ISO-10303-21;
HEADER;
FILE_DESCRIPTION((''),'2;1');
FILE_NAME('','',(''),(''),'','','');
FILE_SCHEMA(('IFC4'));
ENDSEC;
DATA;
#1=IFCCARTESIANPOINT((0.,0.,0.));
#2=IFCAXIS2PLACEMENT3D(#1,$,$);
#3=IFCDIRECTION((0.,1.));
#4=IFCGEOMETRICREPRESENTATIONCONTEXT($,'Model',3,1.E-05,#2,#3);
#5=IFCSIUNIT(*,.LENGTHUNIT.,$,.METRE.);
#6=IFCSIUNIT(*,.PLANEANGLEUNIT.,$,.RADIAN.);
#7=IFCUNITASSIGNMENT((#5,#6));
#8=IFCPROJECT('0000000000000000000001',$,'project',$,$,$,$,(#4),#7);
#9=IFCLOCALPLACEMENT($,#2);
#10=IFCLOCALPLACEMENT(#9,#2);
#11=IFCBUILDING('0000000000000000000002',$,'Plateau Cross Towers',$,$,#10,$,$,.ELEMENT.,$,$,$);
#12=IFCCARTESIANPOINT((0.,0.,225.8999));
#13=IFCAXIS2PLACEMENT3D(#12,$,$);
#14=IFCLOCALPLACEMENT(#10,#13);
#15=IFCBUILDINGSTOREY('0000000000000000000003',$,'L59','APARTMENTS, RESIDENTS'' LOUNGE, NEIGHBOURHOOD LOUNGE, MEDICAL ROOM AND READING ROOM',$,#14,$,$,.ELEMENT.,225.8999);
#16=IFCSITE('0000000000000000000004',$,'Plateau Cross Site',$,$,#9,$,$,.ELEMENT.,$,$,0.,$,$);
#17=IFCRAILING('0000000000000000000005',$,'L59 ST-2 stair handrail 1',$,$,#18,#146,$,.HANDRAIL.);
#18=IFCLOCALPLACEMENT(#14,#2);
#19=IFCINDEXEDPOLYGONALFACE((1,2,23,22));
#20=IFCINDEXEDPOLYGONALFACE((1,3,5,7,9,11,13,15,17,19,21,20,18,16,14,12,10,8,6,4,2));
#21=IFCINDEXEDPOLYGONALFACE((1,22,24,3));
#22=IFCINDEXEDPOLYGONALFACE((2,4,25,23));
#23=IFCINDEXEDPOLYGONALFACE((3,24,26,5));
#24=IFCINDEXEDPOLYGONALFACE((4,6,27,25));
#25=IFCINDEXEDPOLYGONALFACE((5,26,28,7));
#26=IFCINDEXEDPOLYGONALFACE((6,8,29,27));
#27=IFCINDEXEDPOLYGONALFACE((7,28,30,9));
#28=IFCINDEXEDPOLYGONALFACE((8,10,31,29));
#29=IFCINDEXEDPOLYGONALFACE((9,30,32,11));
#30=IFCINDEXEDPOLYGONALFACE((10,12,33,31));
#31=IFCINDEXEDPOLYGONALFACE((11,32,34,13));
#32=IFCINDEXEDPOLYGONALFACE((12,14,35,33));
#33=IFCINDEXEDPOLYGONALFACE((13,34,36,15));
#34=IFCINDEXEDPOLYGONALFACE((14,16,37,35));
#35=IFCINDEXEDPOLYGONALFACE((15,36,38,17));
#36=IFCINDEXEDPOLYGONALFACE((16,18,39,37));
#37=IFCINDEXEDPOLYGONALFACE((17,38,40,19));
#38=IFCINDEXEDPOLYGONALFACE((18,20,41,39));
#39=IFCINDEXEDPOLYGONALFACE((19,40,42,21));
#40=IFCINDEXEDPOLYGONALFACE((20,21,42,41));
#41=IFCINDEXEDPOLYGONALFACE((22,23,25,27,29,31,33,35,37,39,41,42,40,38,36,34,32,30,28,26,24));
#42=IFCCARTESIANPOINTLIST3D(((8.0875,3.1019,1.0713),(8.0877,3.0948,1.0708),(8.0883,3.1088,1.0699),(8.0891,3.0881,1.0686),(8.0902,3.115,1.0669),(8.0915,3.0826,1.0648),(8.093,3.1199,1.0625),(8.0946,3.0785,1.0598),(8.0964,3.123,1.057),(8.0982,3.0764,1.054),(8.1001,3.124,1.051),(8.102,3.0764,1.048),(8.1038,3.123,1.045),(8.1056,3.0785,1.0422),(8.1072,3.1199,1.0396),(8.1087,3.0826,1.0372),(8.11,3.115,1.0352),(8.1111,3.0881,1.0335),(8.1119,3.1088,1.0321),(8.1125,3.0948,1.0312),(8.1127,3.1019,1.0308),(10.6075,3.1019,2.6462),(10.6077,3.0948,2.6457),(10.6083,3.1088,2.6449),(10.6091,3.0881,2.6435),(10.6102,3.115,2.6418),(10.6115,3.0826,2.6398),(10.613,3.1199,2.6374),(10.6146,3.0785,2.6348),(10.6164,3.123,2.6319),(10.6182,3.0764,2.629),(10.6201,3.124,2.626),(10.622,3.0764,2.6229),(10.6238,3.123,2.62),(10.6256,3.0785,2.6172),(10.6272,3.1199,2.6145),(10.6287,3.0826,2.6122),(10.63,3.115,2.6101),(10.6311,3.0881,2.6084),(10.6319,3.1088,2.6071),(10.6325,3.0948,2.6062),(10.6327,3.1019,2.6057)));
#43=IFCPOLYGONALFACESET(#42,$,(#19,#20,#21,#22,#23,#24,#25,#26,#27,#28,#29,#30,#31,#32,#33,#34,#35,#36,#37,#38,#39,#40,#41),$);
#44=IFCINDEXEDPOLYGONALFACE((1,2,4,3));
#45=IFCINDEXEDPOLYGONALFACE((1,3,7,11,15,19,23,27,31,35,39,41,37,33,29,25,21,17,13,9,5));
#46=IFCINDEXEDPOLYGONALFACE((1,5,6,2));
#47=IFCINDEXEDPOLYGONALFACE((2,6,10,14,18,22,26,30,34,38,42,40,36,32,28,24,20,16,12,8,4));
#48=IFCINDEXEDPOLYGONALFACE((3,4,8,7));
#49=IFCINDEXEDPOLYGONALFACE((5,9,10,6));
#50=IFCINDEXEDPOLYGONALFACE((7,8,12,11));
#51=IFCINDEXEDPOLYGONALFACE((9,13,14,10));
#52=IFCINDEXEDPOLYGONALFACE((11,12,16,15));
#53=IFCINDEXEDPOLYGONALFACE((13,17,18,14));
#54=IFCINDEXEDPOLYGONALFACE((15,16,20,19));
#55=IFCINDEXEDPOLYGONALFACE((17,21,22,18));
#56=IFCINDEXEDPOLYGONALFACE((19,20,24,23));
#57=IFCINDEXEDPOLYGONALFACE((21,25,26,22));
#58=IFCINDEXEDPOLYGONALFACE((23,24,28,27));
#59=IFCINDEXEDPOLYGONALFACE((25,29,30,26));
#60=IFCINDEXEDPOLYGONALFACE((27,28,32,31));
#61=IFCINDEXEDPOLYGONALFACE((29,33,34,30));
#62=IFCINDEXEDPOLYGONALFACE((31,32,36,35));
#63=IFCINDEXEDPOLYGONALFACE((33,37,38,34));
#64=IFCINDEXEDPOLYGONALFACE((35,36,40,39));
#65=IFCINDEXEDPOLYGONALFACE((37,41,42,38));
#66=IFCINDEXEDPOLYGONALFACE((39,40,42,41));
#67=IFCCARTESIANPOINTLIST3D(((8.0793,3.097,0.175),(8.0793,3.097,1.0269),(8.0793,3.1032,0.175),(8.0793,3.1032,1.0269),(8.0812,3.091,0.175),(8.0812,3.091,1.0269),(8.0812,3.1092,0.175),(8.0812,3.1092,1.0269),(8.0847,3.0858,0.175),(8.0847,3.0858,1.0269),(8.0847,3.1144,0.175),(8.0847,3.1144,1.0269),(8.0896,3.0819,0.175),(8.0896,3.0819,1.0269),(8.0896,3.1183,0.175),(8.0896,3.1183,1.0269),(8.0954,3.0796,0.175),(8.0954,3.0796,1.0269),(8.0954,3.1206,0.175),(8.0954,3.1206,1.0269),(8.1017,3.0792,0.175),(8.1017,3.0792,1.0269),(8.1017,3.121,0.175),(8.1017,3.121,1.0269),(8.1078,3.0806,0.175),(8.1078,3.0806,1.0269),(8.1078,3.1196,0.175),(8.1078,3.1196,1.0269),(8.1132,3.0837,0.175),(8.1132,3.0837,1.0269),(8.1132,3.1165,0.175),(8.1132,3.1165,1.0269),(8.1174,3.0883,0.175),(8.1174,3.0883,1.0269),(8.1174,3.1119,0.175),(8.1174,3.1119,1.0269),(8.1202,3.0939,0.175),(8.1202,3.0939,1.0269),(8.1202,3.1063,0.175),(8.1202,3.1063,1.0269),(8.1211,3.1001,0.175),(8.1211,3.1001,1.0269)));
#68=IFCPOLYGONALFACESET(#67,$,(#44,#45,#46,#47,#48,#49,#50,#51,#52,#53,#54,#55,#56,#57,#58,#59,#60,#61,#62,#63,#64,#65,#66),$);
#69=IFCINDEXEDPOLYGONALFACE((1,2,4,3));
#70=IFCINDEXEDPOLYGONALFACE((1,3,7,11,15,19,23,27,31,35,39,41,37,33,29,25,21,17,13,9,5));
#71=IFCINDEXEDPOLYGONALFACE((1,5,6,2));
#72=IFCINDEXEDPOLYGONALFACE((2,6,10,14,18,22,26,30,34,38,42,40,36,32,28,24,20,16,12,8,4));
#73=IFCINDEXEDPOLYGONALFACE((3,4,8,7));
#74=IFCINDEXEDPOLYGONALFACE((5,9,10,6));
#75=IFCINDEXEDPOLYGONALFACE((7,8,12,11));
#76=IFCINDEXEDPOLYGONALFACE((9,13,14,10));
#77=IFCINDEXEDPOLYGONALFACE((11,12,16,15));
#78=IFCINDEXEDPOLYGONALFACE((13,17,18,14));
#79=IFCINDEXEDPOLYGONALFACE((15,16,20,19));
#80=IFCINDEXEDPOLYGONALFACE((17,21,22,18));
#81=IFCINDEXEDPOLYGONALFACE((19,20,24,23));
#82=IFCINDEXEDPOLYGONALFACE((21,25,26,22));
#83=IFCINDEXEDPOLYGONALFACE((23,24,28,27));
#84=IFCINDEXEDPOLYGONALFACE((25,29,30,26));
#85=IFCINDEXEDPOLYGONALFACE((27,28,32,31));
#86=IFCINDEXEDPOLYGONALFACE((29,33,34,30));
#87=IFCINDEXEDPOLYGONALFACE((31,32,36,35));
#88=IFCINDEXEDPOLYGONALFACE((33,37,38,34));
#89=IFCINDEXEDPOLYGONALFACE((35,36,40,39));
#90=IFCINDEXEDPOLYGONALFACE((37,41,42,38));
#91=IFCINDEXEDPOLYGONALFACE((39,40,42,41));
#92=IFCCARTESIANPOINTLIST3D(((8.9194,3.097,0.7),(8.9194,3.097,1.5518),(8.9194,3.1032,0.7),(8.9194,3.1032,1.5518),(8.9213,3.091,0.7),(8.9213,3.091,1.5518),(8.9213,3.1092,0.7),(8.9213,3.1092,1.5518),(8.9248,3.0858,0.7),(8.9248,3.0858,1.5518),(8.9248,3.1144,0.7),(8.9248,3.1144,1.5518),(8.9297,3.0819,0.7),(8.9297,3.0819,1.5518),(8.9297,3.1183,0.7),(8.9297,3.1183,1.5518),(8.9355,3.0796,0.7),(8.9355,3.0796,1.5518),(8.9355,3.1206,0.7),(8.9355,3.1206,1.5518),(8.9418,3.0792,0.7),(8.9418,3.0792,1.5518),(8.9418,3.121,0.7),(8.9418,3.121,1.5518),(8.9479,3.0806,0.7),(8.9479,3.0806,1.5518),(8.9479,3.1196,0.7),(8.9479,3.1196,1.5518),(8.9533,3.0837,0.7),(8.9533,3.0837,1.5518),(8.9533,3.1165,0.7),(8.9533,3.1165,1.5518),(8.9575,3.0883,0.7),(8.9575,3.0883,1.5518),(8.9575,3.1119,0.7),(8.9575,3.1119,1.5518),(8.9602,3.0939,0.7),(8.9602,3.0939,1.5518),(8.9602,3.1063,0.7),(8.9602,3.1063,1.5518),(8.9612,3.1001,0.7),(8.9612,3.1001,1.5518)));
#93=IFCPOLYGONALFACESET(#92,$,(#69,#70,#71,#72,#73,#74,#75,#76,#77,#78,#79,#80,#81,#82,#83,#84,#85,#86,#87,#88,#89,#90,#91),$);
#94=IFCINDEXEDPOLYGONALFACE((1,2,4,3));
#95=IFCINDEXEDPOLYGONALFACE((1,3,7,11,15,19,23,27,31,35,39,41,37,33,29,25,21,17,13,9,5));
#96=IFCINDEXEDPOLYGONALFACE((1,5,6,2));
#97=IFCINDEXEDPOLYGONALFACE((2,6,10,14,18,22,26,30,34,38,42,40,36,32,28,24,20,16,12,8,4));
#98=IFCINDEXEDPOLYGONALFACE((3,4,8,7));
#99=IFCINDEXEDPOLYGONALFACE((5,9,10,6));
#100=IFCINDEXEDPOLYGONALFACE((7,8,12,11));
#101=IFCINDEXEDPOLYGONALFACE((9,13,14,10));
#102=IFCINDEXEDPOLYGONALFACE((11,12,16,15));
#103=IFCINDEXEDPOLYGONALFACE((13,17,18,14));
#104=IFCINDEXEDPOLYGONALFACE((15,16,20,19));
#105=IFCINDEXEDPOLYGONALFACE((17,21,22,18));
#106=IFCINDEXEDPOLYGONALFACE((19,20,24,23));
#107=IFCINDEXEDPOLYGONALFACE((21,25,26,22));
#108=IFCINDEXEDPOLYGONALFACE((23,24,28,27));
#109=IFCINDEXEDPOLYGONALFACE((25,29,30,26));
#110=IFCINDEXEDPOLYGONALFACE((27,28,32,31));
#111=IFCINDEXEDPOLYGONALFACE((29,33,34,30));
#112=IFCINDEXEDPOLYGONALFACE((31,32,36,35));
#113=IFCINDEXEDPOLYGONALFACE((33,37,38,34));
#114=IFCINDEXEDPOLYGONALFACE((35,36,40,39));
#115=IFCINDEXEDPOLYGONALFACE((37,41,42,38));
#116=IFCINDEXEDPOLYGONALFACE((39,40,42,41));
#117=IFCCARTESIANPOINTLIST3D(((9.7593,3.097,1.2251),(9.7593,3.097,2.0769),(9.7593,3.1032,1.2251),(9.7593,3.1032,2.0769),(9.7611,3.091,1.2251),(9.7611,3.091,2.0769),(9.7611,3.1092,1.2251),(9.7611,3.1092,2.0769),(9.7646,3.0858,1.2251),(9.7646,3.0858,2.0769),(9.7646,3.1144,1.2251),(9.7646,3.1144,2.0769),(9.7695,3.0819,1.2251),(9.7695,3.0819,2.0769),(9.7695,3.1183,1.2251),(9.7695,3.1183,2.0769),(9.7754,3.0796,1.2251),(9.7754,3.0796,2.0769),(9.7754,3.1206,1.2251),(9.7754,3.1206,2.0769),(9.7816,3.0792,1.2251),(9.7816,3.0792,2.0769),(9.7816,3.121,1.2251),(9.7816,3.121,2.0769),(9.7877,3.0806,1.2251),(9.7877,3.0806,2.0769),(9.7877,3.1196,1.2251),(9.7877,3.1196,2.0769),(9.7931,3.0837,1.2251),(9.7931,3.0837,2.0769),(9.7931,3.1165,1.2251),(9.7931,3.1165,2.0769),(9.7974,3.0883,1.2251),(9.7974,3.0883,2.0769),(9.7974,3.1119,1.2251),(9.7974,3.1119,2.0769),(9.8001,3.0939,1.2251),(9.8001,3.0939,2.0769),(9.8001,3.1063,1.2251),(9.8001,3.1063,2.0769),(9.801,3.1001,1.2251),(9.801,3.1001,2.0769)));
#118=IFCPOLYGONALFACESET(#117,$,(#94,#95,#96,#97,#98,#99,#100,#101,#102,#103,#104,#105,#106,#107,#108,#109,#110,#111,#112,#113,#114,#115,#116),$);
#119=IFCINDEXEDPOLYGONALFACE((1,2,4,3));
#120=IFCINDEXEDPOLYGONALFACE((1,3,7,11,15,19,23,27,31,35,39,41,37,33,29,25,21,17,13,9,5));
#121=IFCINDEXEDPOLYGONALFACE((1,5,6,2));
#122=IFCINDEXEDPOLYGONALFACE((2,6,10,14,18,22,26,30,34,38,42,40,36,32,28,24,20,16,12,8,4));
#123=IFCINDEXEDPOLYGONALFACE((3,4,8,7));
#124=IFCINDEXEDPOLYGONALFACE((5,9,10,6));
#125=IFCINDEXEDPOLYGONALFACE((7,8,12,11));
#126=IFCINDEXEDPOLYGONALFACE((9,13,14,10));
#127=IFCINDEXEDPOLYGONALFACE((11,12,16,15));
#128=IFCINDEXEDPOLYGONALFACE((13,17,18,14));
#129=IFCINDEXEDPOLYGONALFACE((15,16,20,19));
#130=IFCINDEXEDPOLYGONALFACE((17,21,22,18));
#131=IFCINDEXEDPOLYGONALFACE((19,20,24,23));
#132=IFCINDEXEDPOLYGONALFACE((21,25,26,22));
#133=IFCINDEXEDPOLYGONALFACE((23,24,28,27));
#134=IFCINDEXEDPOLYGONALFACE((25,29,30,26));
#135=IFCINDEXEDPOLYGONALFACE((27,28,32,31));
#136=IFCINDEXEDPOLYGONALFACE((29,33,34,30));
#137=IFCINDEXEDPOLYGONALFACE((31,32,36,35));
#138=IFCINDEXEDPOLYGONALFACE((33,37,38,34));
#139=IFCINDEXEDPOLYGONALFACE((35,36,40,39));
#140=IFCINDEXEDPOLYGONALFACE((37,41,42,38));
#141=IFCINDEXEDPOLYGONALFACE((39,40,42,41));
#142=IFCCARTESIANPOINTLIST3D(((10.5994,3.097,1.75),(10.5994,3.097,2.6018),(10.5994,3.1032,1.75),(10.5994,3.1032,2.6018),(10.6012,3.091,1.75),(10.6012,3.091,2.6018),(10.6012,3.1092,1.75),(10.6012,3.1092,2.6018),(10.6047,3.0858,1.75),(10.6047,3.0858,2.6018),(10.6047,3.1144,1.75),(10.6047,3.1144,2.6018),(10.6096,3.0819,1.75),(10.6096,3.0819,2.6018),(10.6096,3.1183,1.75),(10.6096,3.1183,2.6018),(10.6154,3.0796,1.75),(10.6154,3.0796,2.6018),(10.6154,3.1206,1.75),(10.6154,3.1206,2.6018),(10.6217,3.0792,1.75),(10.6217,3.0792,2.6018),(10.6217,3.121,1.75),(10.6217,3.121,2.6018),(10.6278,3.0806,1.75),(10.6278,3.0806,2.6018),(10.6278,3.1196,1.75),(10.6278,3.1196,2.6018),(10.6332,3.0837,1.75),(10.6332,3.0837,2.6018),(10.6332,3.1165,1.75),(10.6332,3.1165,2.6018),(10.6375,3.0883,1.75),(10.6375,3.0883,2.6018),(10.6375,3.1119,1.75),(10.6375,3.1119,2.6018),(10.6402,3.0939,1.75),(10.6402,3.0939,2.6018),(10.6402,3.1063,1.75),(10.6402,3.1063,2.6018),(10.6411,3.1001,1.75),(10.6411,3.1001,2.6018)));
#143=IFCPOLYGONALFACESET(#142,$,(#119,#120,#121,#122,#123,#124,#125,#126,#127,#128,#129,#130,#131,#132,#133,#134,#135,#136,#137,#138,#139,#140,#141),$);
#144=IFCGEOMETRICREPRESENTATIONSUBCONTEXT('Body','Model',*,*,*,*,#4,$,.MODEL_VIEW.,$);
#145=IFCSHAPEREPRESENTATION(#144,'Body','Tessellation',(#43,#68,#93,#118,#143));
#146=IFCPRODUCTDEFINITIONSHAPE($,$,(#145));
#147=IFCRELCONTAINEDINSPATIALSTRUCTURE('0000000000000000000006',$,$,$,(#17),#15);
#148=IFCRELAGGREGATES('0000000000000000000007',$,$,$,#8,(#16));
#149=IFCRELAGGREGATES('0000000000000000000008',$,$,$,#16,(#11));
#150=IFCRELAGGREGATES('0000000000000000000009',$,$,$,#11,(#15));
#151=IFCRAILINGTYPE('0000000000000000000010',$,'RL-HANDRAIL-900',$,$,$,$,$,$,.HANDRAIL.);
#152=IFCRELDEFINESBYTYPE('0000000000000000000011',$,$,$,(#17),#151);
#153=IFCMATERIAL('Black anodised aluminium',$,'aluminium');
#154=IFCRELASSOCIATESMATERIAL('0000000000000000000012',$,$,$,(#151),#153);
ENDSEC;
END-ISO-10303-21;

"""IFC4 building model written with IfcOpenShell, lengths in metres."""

from ifc_helpers import new_model, si_unit, direction, frame, origin, origin_2d, place, context, subcontext, project, spatial, circle, extrude, material, type_object, element, save


model = new_model("IFC4")

# Units and contexts
model_context = context("Model", 3, precision=1e-05, world=origin(), true_north=direction((0.0, 1.0)))
body_context = subcontext(model_context, "Body", "Model", "MODEL_VIEW")
ifc_project = project(units=[si_unit("LENGTHUNIT", "METRE"), si_unit("PLANEANGLEUNIT", "RADIAN")], contexts=[model_context])

# Site, building, storey
site_placement = place(None, origin())
site = spatial("IfcSite", under=ifc_project, at=site_placement, Name="Plateau Cross Site", CompositionType="ELEMENT", RefElevation=0.0)
building_placement = place(site_placement, origin())
building = spatial("IfcBuilding", under=site, at=building_placement, Name="Plateau Cross Towers", CompositionType="ELEMENT")
storey_placement = place(building_placement, frame((0.0, 0.0, 225.8999)))
storey = spatial("IfcBuildingStorey", under=building, at=storey_placement, Name="L59", Description="APARTMENTS, RESIDENTS' LOUNGE, NEIGHBOURHOOD LOUNGE, MEDICAL ROOM AND READING ROOM", CompositionType="ELEMENT", Elevation=225.8999)

# Shared definitions
ifc_material_1 = material(Name="Black anodised aluminium", Category="aluminium")

# Railing
railing_type_1 = type_object("IfcRailingType", Name="RL-HANDRAIL-900", PredefinedType="HANDRAIL", material=ifc_material_1)
railing_placement = place(storey_placement, frame((8.1001, 3.1001, 0.175)))
element("IfcRailing", 1, at=railing_placement, inside=storey, type_object=railing_type_1, Name="L59 ST-2 stair handrail 1", PredefinedType="HANDRAIL", context=body_context, shape_type="SweptSolid", body=[
    extrude(circle(Radius=0.0239, at=origin_2d()), frame((0.0, 0.0, 0.876), z_axis=(0.848008, 0.0, 0.529984), x_axis=(0.0, 1.0, 0.0)), (0.0, 0.0, 1.0), 2.9717),
    extrude(circle(Radius=0.021, at=origin_2d()), origin(), (0.0, 0.0, 1.0), 0.8518),
    extrude(circle(Radius=0.021, at=origin_2d()), frame((0.8401, 0.0, 0.5249)), (0.0, 0.0, 1.0), 0.8518),
    extrude(circle(Radius=0.021, at=origin_2d()), frame((1.6799, 0.0, 1.05)), (0.0, 0.0, 1.0), 0.8518),
    extrude(circle(Radius=0.021, at=origin_2d()), frame((2.52, 0.0, 1.575)), (0.0, 0.0, 1.0), 0.8518),
])

save(model, "model.ifc")
